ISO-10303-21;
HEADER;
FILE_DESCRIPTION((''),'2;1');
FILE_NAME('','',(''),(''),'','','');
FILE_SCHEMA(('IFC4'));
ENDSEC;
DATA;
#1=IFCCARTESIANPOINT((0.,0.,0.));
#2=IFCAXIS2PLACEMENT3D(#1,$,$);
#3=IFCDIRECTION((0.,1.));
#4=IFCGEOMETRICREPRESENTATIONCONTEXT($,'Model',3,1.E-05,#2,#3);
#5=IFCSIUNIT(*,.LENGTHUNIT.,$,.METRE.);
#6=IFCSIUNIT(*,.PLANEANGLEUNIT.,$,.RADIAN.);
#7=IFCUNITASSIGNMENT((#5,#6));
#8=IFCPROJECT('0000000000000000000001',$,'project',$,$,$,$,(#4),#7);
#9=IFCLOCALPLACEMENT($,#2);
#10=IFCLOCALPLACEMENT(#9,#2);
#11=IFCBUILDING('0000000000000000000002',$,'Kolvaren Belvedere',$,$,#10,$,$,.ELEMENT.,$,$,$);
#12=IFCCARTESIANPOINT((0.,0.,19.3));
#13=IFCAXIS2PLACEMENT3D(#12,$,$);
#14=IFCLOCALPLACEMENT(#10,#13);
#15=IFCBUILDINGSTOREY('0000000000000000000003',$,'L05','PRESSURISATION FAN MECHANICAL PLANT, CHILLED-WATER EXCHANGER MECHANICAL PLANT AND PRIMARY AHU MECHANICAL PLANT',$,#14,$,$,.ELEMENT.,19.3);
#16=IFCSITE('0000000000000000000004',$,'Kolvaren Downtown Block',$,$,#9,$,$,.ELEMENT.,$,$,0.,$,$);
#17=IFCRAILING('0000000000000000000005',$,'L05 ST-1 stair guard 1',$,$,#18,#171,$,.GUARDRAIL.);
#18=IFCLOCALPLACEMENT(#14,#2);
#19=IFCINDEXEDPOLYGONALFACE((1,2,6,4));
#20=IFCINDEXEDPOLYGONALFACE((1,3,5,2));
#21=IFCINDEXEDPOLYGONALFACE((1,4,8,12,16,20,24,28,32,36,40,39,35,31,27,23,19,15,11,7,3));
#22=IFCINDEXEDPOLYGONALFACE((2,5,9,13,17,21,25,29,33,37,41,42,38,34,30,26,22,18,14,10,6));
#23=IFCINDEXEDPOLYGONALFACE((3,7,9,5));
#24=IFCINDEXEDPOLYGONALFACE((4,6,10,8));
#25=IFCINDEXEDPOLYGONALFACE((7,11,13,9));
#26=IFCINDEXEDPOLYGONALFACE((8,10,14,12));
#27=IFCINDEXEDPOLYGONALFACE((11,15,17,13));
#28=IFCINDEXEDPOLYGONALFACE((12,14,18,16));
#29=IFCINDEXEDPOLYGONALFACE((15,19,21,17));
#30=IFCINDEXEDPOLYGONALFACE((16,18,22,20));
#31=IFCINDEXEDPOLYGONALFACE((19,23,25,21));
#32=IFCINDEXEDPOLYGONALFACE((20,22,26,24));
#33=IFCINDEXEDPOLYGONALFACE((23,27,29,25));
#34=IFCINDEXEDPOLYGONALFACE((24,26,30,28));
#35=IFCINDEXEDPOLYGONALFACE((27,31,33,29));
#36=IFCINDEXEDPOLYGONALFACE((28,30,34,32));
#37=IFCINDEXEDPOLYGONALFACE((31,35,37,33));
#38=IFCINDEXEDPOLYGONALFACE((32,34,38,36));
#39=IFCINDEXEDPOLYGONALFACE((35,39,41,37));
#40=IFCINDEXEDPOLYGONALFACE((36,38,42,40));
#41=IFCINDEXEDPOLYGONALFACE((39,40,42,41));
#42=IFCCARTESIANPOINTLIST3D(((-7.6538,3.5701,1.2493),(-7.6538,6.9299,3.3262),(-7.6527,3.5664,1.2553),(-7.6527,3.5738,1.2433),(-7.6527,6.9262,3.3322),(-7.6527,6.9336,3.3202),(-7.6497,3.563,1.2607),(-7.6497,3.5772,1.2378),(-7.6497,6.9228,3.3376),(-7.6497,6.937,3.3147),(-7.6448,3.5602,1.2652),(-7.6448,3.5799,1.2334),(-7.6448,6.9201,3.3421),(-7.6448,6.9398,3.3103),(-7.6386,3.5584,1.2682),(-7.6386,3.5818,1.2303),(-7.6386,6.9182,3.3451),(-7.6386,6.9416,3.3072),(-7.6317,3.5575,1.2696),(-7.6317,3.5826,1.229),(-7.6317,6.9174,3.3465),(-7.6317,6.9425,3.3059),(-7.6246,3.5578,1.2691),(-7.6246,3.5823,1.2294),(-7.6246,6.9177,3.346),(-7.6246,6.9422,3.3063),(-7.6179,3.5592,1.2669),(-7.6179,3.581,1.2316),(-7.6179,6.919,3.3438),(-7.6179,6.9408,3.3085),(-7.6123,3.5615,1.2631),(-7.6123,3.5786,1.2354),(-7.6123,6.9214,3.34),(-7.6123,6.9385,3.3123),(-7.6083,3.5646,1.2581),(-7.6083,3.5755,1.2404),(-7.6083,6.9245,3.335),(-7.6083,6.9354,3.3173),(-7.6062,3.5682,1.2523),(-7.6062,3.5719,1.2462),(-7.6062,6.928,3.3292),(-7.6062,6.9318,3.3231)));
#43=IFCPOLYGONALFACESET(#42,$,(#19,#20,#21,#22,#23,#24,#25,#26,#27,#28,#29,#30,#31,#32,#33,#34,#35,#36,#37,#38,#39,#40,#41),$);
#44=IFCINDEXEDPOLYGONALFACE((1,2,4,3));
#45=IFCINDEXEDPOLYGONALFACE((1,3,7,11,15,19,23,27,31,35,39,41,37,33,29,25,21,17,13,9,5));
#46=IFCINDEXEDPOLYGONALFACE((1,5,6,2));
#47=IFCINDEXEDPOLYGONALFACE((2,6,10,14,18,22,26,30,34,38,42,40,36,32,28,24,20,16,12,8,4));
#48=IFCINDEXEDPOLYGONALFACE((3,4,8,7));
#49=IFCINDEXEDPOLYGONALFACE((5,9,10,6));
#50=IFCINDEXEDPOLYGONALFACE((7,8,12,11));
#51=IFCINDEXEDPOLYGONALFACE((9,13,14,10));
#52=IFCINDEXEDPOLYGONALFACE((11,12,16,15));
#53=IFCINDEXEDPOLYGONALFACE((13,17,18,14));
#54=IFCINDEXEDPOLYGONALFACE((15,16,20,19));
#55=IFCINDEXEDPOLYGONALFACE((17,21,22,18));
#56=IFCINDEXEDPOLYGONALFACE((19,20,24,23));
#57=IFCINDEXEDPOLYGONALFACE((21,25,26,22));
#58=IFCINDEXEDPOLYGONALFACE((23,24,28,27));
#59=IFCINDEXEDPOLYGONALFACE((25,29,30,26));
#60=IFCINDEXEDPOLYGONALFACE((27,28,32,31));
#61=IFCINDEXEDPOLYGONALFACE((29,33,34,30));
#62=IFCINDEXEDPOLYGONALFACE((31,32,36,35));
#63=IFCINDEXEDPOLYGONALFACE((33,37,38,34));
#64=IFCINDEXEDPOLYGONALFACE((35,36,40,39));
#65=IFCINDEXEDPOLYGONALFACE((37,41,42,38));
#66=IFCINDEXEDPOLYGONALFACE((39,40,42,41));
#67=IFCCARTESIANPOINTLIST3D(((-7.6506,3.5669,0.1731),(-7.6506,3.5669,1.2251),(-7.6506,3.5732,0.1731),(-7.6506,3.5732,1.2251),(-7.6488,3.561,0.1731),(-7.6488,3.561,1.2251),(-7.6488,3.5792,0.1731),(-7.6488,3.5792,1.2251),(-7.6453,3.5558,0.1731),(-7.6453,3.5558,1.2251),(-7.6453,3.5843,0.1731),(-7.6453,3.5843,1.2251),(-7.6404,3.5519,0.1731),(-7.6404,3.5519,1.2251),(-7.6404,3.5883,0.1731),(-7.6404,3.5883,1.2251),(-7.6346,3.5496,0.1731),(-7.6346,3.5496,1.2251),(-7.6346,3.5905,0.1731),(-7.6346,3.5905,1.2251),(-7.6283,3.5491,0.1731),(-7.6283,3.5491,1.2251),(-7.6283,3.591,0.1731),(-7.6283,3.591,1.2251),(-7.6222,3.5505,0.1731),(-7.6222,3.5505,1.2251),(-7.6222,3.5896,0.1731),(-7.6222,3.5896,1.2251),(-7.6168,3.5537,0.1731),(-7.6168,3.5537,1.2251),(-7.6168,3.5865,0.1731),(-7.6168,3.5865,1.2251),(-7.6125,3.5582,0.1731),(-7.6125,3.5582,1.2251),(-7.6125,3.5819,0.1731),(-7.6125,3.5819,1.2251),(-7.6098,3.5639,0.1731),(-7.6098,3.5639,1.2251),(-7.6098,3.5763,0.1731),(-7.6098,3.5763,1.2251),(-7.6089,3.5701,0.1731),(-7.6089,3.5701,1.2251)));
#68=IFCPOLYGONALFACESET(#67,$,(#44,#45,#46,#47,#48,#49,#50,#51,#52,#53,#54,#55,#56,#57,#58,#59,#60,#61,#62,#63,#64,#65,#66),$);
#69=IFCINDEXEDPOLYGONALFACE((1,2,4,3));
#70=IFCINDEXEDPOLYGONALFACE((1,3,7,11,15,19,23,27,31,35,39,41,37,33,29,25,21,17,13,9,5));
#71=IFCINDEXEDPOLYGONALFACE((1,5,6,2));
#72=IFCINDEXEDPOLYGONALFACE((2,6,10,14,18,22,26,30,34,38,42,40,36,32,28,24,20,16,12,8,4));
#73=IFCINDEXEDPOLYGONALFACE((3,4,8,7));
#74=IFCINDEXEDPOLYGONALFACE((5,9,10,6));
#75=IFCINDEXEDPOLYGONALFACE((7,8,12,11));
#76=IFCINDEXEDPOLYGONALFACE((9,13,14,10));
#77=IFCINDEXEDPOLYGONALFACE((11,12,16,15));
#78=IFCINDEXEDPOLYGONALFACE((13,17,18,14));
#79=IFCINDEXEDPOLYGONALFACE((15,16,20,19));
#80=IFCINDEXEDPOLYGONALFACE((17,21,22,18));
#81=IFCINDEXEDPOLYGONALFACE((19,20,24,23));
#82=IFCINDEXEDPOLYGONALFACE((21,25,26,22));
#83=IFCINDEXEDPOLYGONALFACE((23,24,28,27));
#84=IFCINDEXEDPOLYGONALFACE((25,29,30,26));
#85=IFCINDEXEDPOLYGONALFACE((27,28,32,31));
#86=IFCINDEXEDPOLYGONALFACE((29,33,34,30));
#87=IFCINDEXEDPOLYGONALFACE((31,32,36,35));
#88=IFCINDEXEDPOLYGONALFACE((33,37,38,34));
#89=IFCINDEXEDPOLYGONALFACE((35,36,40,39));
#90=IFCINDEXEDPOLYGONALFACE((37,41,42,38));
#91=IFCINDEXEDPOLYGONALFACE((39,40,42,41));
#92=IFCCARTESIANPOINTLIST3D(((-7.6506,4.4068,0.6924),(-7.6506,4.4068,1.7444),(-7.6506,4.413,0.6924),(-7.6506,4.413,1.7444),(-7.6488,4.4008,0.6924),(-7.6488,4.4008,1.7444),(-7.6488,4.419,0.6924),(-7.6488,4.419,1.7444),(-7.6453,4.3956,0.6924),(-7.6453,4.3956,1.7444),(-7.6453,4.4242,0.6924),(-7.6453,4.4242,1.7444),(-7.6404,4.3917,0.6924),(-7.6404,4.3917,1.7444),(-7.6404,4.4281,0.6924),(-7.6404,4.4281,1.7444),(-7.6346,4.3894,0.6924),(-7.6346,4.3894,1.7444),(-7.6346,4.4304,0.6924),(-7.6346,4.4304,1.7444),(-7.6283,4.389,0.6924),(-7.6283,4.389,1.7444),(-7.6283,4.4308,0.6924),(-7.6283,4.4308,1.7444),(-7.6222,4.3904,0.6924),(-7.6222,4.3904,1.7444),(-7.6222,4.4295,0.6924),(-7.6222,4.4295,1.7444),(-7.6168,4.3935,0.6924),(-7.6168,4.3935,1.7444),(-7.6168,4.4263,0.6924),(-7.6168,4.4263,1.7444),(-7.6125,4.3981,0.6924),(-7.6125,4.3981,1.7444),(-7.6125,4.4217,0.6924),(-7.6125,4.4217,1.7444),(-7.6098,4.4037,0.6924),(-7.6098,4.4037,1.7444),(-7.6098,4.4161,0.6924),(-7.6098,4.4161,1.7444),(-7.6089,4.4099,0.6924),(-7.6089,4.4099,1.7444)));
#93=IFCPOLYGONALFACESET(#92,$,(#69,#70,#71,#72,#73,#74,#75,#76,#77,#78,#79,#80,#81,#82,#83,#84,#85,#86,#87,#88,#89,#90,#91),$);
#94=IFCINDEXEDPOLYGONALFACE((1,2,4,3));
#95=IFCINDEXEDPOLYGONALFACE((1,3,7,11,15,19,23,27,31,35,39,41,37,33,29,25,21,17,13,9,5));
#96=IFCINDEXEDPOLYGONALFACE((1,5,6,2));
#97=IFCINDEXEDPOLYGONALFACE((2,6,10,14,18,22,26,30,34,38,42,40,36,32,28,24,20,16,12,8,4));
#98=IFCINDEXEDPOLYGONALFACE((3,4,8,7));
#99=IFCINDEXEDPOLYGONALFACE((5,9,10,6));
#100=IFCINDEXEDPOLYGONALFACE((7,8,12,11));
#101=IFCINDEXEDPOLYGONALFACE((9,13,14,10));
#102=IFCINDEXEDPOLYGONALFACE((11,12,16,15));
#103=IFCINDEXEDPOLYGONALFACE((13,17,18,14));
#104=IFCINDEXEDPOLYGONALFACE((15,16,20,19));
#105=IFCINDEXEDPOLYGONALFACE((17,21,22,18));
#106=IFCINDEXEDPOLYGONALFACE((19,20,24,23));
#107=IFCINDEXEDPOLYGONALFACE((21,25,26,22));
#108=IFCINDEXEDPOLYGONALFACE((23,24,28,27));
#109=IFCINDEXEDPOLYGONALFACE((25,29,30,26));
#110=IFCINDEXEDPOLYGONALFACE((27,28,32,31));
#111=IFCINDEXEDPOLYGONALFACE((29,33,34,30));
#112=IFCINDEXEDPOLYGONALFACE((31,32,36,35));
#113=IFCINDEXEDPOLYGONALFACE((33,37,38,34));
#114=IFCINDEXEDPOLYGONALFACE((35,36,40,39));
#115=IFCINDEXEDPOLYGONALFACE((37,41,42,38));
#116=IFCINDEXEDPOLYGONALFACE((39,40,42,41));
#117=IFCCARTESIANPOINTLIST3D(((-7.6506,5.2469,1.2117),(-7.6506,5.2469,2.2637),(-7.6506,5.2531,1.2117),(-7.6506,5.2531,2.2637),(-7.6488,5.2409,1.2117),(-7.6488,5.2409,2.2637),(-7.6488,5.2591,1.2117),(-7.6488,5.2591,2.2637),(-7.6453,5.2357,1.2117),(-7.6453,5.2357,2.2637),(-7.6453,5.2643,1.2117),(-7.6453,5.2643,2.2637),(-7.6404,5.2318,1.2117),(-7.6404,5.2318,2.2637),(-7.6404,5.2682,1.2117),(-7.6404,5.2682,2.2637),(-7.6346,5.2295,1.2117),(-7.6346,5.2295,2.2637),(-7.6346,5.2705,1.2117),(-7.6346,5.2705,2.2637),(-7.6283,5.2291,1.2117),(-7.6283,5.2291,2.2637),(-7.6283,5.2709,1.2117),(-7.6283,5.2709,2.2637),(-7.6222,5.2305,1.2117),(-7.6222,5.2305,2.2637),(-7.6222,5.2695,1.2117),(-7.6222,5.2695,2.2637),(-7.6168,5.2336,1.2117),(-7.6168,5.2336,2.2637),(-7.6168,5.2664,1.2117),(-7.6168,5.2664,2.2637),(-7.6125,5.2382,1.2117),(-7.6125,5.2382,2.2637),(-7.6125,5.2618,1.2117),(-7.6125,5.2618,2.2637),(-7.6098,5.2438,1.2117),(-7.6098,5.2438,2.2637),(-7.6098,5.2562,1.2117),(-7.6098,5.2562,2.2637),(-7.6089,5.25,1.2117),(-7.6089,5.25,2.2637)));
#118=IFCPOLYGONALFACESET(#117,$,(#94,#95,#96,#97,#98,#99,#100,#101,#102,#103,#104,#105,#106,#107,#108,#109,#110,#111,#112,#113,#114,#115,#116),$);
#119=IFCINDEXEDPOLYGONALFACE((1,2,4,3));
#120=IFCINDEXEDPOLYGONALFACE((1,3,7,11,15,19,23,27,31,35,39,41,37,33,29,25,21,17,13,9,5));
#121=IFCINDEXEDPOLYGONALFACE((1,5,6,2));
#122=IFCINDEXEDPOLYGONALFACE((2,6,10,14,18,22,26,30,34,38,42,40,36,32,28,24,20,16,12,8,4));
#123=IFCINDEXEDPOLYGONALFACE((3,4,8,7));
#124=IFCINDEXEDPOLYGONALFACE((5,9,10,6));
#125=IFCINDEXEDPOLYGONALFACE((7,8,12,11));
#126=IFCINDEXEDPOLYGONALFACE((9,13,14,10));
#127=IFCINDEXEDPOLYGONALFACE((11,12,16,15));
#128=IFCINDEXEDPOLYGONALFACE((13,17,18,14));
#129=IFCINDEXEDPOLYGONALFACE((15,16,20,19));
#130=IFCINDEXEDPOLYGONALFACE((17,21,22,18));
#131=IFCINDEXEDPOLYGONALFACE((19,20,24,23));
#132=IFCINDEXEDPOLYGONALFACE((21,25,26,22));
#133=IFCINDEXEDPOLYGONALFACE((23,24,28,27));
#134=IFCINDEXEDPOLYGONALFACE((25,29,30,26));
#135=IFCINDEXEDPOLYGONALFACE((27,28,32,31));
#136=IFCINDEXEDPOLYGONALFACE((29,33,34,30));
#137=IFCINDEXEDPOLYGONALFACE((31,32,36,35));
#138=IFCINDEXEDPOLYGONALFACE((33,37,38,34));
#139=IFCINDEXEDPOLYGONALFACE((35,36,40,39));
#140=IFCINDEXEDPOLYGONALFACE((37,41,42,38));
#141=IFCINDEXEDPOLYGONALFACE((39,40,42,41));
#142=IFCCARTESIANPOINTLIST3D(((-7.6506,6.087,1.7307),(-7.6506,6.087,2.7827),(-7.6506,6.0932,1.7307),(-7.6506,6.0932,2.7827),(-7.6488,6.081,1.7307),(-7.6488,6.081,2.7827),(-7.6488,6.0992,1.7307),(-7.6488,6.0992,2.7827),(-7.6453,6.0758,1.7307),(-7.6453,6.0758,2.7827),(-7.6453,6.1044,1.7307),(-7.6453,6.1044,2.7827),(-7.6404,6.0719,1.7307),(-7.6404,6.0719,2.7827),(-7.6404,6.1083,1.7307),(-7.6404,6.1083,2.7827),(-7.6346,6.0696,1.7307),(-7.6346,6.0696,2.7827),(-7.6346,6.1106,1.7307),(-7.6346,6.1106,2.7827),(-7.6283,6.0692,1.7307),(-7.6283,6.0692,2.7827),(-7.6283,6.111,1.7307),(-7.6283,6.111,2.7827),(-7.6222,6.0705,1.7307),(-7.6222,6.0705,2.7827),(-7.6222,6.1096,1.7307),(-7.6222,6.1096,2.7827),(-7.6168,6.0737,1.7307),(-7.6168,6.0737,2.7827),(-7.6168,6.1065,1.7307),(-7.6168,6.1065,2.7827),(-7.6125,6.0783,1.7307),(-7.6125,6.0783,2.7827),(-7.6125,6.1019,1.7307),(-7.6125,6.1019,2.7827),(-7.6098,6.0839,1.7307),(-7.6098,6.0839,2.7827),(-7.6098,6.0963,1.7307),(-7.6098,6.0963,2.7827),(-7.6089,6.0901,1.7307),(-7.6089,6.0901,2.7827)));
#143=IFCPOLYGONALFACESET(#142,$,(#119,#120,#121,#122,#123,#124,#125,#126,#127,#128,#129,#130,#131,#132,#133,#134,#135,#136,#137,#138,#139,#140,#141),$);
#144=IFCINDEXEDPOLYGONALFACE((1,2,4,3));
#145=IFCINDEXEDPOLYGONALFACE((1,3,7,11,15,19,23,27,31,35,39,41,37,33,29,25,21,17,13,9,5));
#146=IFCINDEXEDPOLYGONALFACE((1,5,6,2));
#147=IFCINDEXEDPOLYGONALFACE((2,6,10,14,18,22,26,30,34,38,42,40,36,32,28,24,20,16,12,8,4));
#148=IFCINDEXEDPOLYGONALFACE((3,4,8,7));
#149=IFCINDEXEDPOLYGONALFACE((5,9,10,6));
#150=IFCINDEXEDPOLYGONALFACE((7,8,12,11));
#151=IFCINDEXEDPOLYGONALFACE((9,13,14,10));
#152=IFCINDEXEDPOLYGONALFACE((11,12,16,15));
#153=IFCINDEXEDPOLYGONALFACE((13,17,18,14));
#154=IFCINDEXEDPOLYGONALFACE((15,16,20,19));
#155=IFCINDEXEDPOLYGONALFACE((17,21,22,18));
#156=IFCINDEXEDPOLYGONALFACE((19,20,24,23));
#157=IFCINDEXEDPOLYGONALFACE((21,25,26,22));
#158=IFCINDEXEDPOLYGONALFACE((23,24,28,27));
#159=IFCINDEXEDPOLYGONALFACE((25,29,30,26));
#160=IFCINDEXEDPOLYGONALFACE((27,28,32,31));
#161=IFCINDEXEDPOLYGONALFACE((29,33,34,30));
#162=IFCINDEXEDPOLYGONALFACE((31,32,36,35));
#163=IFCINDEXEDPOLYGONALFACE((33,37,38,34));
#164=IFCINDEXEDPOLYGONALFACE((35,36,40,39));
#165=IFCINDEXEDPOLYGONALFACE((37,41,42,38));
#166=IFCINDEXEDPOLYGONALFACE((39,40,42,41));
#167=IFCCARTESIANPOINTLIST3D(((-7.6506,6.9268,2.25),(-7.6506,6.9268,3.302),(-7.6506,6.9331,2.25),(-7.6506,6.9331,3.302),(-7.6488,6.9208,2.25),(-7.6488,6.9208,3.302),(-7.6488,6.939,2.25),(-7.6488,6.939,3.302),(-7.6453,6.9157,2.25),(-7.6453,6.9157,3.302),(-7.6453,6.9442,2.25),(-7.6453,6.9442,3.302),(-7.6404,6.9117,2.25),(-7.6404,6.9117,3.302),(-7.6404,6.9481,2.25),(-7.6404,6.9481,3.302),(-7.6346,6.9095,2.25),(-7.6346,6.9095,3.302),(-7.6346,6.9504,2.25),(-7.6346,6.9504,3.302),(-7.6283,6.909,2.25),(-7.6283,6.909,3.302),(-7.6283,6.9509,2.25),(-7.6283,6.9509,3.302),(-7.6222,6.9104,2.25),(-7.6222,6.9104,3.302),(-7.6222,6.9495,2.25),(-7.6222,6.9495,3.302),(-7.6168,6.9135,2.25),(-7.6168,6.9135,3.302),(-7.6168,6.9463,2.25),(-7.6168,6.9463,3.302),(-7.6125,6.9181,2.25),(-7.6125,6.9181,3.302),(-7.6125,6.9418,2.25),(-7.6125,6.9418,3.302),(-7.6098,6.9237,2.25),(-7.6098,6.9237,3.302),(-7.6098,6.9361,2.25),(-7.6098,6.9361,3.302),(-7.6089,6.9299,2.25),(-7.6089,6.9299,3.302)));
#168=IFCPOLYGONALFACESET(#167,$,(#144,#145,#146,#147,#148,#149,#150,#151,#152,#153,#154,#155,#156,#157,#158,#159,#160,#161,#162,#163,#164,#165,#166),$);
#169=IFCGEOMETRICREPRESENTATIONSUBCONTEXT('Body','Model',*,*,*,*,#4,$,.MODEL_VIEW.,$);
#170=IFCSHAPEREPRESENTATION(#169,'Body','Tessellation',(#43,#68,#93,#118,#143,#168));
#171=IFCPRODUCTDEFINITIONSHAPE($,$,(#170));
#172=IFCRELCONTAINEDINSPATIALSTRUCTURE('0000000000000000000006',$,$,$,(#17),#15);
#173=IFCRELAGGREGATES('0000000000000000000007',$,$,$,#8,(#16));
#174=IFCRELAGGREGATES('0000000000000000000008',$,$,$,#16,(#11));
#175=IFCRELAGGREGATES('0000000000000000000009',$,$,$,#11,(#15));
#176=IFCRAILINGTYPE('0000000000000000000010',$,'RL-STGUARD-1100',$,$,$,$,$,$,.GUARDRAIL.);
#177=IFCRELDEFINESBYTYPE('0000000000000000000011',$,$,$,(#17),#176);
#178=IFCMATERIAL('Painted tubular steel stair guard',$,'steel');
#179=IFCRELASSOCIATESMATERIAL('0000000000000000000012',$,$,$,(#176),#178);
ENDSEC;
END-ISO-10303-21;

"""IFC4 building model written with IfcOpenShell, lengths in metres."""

from ifc_helpers import new_model, si_unit, direction, frame, origin, origin_2d, place, context, subcontext, project, spatial, circle, extrude, material, type_object, element, save


model = new_model("IFC4")

# Units and contexts
model_context = context("Model", 3, precision=1e-05, world=origin(), true_north=direction((0.0, 1.0)))
body_context = subcontext(model_context, "Body", "Model", "MODEL_VIEW")
ifc_project = project(units=[si_unit("LENGTHUNIT", "METRE"), si_unit("PLANEANGLEUNIT", "RADIAN")], contexts=[model_context])

# Site, building, storey
site_placement = place(None, origin())
site = spatial("IfcSite", under=ifc_project, at=site_placement, Name="Kolvaren Downtown Block", CompositionType="ELEMENT", RefElevation=0.0)
building_placement = place(site_placement, origin())
building = spatial("IfcBuilding", under=site, at=building_placement, Name="Kolvaren Belvedere", CompositionType="ELEMENT")
storey_placement = place(building_placement, frame((0.0, 0.0, 19.3)))
storey = spatial("IfcBuildingStorey", under=building, at=storey_placement, Name="L05", Description="PRESSURISATION FAN MECHANICAL PLANT, CHILLED-WATER EXCHANGER MECHANICAL PLANT AND PRIMARY AHU MECHANICAL PLANT", CompositionType="ELEMENT", Elevation=19.3)

# Railing
ifc_material_1 = material(Name="Painted tubular steel stair guard", Category="steel")
railing_type_1 = type_object("IfcRailingType", Name="RL-STGUARD-1100", PredefinedType="GUARDRAIL", material=ifc_material_1)
railing_1_placement = place(storey_placement, frame((-7.6299, 3.5701, 0.1731)))
element("IfcRailing", 1, at=railing_1_placement, inside=storey, type_object=railing_type_1, Name="L05 ST-1 stair guard 1", PredefinedType="GUARDRAIL", context=body_context, shape_type="SweptSolid", body=[
    extrude(circle(Radius=0.0239, at=origin_2d()), frame((0.0, 0.0, 1.0762), z_axis=(0.0, 0.850606, 0.525803), x_axis=(-1.0, 0.0, 0.0)), (0.0, 0.0, 1.0), 3.95),
    extrude(circle(Radius=0.021, at=origin_2d()), origin(), (0.0, 0.0, 1.0), 1.052),
    extrude(circle(Radius=0.021, at=origin_2d()), frame((0.0, 0.8398, 0.5193)), (0.0, 0.0, 1.0), 1.052),
    extrude(circle(Radius=0.021, at=origin_2d()), frame((0.0, 1.6799, 1.0386)), (0.0, 0.0, 1.0), 1.052),
    extrude(circle(Radius=0.021, at=origin_2d()), frame((0.0, 2.52, 1.5576)), (0.0, 0.0, 1.0), 1.052),
    extrude(circle(Radius=0.021, at=origin_2d()), frame((0.0, 3.3599, 2.0769)), (0.0, 0.0, 1.0), 1.052),
])

save(model, "model.ifc")
